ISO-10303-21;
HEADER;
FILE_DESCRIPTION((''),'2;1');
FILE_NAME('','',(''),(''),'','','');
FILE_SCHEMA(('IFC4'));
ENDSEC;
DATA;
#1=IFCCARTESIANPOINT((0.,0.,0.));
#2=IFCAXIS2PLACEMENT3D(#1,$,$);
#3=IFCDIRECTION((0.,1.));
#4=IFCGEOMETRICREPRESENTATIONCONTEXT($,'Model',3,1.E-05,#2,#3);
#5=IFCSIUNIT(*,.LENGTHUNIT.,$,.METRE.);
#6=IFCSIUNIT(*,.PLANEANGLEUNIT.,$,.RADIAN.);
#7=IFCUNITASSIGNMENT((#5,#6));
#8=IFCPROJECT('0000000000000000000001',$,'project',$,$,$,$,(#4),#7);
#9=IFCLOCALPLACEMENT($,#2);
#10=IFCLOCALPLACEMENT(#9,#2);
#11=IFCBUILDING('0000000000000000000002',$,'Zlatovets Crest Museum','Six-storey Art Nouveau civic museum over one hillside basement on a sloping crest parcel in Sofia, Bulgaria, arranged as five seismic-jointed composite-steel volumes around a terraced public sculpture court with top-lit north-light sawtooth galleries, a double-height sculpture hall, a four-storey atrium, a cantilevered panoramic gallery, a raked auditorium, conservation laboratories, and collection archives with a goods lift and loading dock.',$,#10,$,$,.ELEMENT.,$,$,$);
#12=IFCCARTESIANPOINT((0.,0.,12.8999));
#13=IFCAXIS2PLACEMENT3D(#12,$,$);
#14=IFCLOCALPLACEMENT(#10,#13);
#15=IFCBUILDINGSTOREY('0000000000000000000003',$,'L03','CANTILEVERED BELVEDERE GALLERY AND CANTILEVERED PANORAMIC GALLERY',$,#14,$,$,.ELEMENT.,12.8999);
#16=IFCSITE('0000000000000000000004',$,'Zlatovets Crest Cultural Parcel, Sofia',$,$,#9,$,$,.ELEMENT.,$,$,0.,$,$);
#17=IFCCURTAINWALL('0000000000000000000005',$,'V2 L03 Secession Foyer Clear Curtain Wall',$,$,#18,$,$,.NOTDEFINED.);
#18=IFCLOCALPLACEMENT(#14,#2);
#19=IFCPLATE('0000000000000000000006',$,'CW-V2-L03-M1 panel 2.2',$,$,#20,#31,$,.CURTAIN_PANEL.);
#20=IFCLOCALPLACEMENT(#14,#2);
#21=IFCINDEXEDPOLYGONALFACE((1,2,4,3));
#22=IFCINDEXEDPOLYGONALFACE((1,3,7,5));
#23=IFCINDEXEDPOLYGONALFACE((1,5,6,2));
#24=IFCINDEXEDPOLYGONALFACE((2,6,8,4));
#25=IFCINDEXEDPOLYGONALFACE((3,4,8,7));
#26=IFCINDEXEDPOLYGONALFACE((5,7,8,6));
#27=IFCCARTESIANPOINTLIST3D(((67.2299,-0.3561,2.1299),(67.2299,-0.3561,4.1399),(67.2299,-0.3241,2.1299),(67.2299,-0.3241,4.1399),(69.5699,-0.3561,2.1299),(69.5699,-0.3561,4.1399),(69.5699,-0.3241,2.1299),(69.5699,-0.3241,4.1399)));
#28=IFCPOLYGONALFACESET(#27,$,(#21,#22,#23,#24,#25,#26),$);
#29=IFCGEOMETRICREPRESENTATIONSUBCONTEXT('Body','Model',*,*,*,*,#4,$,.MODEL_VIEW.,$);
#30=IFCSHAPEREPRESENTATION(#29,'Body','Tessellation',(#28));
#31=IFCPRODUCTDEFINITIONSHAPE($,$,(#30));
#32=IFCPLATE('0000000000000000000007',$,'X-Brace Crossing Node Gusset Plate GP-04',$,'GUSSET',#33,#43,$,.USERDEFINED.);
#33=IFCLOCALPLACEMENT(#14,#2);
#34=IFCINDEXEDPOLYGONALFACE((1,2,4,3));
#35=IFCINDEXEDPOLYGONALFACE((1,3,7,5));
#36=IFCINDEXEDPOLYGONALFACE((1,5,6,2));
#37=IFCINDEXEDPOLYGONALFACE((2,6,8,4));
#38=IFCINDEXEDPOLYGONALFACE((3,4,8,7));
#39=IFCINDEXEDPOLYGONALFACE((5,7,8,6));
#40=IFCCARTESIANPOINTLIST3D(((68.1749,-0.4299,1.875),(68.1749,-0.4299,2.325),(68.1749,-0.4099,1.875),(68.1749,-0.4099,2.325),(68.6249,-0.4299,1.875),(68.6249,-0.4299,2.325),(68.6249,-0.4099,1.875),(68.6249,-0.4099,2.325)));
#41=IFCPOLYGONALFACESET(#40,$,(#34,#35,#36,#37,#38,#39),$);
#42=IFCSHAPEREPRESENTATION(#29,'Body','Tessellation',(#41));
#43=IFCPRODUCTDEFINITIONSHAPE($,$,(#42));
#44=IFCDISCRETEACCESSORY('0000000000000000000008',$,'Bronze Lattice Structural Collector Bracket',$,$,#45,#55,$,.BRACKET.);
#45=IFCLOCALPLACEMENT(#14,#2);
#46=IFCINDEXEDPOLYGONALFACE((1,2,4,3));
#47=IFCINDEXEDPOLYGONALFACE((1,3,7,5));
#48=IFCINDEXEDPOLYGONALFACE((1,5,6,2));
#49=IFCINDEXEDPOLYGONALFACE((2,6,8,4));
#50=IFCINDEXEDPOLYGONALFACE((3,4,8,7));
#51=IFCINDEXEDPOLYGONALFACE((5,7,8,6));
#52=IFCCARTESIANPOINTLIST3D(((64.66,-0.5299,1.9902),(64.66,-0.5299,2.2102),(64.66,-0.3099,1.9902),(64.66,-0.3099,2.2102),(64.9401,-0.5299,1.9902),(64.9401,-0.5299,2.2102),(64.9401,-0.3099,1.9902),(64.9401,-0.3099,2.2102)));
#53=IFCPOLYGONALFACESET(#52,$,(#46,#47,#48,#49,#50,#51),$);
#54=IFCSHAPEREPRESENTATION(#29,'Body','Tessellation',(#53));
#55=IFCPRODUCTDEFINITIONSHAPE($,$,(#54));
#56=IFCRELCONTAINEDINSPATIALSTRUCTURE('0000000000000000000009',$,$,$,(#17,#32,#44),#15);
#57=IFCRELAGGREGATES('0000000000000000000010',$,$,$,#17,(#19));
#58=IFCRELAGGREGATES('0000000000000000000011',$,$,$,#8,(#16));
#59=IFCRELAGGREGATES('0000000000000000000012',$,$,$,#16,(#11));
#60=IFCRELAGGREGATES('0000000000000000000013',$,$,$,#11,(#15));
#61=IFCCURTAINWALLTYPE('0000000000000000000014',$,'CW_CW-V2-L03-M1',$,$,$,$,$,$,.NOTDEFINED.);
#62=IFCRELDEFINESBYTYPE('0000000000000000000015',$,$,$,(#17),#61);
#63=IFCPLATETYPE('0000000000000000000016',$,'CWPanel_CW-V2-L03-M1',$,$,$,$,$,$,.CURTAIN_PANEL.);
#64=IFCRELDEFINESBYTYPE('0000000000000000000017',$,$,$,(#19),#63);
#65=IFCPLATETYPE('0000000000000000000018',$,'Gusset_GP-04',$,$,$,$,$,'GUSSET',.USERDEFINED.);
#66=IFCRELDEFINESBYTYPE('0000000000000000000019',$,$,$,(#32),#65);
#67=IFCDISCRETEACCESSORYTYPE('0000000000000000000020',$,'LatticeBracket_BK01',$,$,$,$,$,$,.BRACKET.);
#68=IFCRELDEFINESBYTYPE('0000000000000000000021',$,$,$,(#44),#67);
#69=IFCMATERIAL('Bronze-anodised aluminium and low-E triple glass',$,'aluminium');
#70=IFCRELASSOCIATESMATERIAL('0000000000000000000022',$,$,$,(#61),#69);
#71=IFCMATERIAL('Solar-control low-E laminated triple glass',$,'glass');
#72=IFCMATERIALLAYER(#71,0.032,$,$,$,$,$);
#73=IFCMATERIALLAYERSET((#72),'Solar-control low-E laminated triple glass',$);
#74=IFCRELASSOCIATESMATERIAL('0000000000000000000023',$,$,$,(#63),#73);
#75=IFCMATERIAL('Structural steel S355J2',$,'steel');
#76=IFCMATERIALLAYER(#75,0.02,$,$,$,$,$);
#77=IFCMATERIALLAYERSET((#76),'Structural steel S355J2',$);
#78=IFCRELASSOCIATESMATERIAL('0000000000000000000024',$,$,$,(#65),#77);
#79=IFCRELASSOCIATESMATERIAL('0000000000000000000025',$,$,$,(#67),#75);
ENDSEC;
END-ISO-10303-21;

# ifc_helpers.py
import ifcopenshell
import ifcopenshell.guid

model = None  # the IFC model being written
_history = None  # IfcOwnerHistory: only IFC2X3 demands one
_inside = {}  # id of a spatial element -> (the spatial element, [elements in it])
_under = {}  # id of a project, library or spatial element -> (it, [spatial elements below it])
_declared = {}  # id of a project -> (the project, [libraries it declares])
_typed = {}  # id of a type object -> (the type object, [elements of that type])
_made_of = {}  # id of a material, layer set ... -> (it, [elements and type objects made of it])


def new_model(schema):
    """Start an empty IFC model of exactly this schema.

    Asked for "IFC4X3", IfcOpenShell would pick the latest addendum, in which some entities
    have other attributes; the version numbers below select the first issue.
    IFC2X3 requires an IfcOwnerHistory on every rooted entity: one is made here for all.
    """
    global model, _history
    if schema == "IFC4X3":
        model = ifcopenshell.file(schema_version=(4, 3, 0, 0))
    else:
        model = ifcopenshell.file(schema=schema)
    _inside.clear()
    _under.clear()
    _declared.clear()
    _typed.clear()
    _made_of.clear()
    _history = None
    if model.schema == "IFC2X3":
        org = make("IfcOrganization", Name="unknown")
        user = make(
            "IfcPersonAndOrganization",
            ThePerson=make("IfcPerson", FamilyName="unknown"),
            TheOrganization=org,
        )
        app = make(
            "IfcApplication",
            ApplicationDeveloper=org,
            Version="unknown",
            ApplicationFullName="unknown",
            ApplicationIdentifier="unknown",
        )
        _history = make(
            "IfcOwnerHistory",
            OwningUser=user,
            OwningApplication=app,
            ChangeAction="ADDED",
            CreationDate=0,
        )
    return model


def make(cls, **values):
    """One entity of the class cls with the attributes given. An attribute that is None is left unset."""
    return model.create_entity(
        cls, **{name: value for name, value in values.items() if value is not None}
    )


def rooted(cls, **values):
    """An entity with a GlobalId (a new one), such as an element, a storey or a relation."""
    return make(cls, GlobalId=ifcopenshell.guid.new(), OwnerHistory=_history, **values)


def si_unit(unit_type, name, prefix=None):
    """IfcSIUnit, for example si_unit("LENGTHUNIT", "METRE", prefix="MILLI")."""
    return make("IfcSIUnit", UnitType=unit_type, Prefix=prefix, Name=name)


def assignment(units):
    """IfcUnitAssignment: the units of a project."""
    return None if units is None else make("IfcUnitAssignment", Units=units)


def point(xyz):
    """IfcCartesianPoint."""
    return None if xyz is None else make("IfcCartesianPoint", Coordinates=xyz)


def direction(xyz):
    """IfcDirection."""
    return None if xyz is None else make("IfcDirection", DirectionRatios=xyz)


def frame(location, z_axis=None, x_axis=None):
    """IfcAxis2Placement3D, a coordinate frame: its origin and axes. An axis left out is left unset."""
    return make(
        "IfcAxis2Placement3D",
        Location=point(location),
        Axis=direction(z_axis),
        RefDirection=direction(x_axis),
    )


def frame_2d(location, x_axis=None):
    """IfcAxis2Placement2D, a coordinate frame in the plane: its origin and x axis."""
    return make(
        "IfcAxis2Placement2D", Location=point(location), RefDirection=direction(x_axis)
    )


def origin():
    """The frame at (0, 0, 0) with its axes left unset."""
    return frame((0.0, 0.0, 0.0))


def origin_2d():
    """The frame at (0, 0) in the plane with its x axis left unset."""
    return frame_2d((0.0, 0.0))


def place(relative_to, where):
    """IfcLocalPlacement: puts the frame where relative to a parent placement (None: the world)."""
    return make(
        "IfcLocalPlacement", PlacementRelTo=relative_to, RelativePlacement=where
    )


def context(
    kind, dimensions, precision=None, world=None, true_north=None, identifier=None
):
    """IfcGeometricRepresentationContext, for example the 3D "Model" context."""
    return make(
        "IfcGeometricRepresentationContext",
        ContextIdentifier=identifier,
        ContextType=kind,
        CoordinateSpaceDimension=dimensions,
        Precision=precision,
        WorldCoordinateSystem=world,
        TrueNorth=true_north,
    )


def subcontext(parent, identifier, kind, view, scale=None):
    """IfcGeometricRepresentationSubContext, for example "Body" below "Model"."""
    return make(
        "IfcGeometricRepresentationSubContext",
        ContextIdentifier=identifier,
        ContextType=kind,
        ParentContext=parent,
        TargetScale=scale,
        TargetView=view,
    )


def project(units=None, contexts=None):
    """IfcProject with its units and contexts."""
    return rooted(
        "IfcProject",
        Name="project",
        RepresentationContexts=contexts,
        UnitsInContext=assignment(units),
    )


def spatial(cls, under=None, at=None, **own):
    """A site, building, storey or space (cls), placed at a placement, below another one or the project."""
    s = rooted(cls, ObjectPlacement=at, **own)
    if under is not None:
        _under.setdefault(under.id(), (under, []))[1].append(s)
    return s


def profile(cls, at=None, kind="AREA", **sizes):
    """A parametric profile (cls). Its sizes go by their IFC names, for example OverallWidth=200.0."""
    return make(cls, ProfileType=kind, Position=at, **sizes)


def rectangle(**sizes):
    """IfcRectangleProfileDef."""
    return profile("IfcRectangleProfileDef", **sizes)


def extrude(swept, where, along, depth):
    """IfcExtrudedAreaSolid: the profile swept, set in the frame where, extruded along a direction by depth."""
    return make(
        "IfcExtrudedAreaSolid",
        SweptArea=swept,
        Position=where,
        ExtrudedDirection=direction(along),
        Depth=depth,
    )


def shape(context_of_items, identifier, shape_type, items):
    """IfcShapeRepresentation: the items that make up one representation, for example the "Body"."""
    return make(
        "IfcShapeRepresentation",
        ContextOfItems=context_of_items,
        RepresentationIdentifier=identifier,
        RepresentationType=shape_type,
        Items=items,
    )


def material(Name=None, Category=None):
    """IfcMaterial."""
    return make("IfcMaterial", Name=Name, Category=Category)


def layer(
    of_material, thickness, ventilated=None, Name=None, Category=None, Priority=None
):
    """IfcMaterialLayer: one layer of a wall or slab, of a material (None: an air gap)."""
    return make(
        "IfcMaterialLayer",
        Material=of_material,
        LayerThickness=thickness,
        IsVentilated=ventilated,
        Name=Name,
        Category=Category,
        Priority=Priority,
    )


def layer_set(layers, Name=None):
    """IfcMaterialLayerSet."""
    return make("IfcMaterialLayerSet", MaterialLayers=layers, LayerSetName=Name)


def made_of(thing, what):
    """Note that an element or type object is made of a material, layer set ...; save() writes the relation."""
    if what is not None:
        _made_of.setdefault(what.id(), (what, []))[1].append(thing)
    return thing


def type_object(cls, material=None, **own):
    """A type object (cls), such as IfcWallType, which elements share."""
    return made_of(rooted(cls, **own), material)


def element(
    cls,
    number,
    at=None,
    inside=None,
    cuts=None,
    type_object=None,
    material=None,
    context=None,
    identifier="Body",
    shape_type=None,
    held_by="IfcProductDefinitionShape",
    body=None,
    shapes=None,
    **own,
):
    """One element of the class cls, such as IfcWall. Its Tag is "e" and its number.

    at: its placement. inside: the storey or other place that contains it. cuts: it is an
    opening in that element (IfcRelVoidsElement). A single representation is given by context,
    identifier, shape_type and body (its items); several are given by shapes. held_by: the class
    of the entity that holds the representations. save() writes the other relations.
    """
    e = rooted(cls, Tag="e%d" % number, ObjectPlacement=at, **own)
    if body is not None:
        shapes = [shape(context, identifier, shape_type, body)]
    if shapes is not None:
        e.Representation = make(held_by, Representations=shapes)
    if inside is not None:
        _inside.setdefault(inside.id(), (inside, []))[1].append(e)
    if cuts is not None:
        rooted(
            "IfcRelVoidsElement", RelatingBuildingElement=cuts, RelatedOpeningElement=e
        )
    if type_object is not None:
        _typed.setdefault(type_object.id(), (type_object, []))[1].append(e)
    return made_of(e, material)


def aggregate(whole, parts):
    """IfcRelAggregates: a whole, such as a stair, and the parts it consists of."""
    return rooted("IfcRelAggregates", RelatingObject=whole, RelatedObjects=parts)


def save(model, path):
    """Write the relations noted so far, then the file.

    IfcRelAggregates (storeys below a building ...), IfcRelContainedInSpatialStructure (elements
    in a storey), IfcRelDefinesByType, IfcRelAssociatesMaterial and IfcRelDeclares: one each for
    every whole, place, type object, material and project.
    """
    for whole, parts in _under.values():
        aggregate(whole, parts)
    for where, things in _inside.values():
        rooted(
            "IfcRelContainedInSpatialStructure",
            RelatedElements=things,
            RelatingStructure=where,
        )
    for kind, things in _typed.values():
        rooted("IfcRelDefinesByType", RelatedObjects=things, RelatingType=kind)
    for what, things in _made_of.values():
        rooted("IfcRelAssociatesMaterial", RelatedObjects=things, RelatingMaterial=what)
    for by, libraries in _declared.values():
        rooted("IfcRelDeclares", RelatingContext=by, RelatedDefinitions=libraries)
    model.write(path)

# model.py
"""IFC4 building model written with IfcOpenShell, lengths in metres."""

from ifc_helpers import new_model, si_unit, direction, frame, origin, origin_2d, place, context, subcontext, project, spatial, rectangle, extrude, material, layer, layer_set, type_object, element, aggregate, save


model = new_model("IFC4")

# Units and contexts
model_context = context("Model", 3, precision=1e-05, world=origin(), true_north=direction((0.0, 1.0)))
body_context = subcontext(model_context, "Body", "Model", "MODEL_VIEW")
ifc_project = project(units=[si_unit("LENGTHUNIT", "METRE"), si_unit("PLANEANGLEUNIT", "RADIAN")], contexts=[model_context])

# Site, building, storey
site_placement = place(None, origin())
site = spatial("IfcSite", under=ifc_project, at=site_placement, Name="Zlatovets Crest Cultural Parcel, Sofia", CompositionType="ELEMENT", RefElevation=0.0)
building_placement = place(site_placement, origin())
building = spatial("IfcBuilding", under=site, at=building_placement, Name="Zlatovets Crest Museum", Description="Six-storey Art Nouveau civic museum over one hillside basement on a sloping crest parcel in Sofia, Bulgaria, arranged as five seismic-jointed composite-steel volumes around a terraced public sculpture court with top-lit north-light sawtooth galleries, a double-height sculpture hall, a four-storey atrium, a cantilevered panoramic gallery, a raked auditorium, conservation laboratories, and collection archives with a goods lift and loading dock.", CompositionType="ELEMENT")
storey_placement = place(building_placement, frame((0.0, 0.0, 12.8999)))
storey = spatial("IfcBuildingStorey", under=building, at=storey_placement, Name="L03", Description="CANTILEVERED BELVEDERE GALLERY AND CANTILEVERED PANORAMIC GALLERY", CompositionType="ELEMENT", Elevation=12.8999)

# Shared definitions
ifc_material_1 = material(Name="Bronze-anodised aluminium and low-E triple glass", Category="aluminium")

# Curtain wall
curtain_wall_type_1 = type_object("IfcCurtainWallType", Name="CW_CW-V2-L03-M1", PredefinedType="NOTDEFINED", material=ifc_material_1)
curtain_wall_1_placement = place(storey_placement, origin())
curtain_wall_1 = element("IfcCurtainWall", 1, at=curtain_wall_1_placement, inside=storey, type_object=curtain_wall_type_1, Name="V2 L03 Secession Foyer Clear Curtain Wall", PredefinedType="NOTDEFINED")

# Plates
ifc_material_2 = material(Name="Solar-control low-E laminated triple glass", Category="glass")
ifc_layer_1 = layer(ifc_material_2, 0.032)
ifc_layer_set_1 = layer_set([ifc_layer_1], Name="Solar-control low-E laminated triple glass")
plate_type_1 = type_object("IfcPlateType", Name="CWPanel_CW-V2-L03-M1", PredefinedType="CURTAIN_PANEL", material=ifc_layer_set_1)
plate_1_placement = place(storey_placement, frame((68.3999, -0.3401, 2.1299), z_axis=(0.0, 0.0, 1.0), x_axis=(1.0, 0.0, 0.0)))
plate_1 = element("IfcPlate", 2, at=plate_1_placement, type_object=plate_type_1, Name="CW-V2-L03-M1 panel 2.2", PredefinedType="CURTAIN_PANEL", context=body_context, shape_type="SweptSolid", body=[
    extrude(rectangle(XDim=2.3401, YDim=0.032, at=origin_2d()), origin(), (0.0, 0.0, 1.0), 2.01),
])
aggregate(curtain_wall_1, [plate_1])
ifc_material_3 = material(Name="Structural steel S355J2", Category="steel")
ifc_layer_2 = layer(ifc_material_3, 0.02)
ifc_layer_set_2 = layer_set([ifc_layer_2], Name="Structural steel S355J2")
plate_type_2 = type_object("IfcPlateType", Name="Gusset_GP-04", ElementType="GUSSET", PredefinedType="USERDEFINED", material=ifc_layer_set_2)
plate_2_placement = place(storey_placement, frame((68.3999, -0.4199, 1.875), z_axis=(0.0, 0.0, 1.0), x_axis=(1.0, 0.0, 0.0)))
element("IfcPlate", 3, at=plate_2_placement, inside=storey, type_object=plate_type_2, Name="X-Brace Crossing Node Gusset Plate GP-04", ObjectType="GUSSET", PredefinedType="USERDEFINED", context=body_context, shape_type="SweptSolid", body=[
    extrude(rectangle(XDim=0.45, YDim=0.02, at=origin_2d()), origin(), (0.0, 0.0, 1.0), 0.45),
])

# Discrete accessory
discrete_accessory_type = type_object("IfcDiscreteAccessoryType", Name="LatticeBracket_BK01", PredefinedType="BRACKET", material=ifc_material_3)
discrete_accessory_placement = place(storey_placement, frame((64.8, -0.4199, 1.9902), z_axis=(0.0, 0.0, 1.0), x_axis=(1.0, 0.0, 0.0)))
element("IfcDiscreteAccessory", 4, at=discrete_accessory_placement, inside=storey, type_object=discrete_accessory_type, Name="Bronze Lattice Structural Collector Bracket", PredefinedType="BRACKET", context=body_context, shape_type="SweptSolid", body=[
    extrude(rectangle(XDim=0.28, YDim=0.22, at=origin_2d()), origin(), (0.0, 0.0, 1.0), 0.22),
])

save(model, "model.ifc")
